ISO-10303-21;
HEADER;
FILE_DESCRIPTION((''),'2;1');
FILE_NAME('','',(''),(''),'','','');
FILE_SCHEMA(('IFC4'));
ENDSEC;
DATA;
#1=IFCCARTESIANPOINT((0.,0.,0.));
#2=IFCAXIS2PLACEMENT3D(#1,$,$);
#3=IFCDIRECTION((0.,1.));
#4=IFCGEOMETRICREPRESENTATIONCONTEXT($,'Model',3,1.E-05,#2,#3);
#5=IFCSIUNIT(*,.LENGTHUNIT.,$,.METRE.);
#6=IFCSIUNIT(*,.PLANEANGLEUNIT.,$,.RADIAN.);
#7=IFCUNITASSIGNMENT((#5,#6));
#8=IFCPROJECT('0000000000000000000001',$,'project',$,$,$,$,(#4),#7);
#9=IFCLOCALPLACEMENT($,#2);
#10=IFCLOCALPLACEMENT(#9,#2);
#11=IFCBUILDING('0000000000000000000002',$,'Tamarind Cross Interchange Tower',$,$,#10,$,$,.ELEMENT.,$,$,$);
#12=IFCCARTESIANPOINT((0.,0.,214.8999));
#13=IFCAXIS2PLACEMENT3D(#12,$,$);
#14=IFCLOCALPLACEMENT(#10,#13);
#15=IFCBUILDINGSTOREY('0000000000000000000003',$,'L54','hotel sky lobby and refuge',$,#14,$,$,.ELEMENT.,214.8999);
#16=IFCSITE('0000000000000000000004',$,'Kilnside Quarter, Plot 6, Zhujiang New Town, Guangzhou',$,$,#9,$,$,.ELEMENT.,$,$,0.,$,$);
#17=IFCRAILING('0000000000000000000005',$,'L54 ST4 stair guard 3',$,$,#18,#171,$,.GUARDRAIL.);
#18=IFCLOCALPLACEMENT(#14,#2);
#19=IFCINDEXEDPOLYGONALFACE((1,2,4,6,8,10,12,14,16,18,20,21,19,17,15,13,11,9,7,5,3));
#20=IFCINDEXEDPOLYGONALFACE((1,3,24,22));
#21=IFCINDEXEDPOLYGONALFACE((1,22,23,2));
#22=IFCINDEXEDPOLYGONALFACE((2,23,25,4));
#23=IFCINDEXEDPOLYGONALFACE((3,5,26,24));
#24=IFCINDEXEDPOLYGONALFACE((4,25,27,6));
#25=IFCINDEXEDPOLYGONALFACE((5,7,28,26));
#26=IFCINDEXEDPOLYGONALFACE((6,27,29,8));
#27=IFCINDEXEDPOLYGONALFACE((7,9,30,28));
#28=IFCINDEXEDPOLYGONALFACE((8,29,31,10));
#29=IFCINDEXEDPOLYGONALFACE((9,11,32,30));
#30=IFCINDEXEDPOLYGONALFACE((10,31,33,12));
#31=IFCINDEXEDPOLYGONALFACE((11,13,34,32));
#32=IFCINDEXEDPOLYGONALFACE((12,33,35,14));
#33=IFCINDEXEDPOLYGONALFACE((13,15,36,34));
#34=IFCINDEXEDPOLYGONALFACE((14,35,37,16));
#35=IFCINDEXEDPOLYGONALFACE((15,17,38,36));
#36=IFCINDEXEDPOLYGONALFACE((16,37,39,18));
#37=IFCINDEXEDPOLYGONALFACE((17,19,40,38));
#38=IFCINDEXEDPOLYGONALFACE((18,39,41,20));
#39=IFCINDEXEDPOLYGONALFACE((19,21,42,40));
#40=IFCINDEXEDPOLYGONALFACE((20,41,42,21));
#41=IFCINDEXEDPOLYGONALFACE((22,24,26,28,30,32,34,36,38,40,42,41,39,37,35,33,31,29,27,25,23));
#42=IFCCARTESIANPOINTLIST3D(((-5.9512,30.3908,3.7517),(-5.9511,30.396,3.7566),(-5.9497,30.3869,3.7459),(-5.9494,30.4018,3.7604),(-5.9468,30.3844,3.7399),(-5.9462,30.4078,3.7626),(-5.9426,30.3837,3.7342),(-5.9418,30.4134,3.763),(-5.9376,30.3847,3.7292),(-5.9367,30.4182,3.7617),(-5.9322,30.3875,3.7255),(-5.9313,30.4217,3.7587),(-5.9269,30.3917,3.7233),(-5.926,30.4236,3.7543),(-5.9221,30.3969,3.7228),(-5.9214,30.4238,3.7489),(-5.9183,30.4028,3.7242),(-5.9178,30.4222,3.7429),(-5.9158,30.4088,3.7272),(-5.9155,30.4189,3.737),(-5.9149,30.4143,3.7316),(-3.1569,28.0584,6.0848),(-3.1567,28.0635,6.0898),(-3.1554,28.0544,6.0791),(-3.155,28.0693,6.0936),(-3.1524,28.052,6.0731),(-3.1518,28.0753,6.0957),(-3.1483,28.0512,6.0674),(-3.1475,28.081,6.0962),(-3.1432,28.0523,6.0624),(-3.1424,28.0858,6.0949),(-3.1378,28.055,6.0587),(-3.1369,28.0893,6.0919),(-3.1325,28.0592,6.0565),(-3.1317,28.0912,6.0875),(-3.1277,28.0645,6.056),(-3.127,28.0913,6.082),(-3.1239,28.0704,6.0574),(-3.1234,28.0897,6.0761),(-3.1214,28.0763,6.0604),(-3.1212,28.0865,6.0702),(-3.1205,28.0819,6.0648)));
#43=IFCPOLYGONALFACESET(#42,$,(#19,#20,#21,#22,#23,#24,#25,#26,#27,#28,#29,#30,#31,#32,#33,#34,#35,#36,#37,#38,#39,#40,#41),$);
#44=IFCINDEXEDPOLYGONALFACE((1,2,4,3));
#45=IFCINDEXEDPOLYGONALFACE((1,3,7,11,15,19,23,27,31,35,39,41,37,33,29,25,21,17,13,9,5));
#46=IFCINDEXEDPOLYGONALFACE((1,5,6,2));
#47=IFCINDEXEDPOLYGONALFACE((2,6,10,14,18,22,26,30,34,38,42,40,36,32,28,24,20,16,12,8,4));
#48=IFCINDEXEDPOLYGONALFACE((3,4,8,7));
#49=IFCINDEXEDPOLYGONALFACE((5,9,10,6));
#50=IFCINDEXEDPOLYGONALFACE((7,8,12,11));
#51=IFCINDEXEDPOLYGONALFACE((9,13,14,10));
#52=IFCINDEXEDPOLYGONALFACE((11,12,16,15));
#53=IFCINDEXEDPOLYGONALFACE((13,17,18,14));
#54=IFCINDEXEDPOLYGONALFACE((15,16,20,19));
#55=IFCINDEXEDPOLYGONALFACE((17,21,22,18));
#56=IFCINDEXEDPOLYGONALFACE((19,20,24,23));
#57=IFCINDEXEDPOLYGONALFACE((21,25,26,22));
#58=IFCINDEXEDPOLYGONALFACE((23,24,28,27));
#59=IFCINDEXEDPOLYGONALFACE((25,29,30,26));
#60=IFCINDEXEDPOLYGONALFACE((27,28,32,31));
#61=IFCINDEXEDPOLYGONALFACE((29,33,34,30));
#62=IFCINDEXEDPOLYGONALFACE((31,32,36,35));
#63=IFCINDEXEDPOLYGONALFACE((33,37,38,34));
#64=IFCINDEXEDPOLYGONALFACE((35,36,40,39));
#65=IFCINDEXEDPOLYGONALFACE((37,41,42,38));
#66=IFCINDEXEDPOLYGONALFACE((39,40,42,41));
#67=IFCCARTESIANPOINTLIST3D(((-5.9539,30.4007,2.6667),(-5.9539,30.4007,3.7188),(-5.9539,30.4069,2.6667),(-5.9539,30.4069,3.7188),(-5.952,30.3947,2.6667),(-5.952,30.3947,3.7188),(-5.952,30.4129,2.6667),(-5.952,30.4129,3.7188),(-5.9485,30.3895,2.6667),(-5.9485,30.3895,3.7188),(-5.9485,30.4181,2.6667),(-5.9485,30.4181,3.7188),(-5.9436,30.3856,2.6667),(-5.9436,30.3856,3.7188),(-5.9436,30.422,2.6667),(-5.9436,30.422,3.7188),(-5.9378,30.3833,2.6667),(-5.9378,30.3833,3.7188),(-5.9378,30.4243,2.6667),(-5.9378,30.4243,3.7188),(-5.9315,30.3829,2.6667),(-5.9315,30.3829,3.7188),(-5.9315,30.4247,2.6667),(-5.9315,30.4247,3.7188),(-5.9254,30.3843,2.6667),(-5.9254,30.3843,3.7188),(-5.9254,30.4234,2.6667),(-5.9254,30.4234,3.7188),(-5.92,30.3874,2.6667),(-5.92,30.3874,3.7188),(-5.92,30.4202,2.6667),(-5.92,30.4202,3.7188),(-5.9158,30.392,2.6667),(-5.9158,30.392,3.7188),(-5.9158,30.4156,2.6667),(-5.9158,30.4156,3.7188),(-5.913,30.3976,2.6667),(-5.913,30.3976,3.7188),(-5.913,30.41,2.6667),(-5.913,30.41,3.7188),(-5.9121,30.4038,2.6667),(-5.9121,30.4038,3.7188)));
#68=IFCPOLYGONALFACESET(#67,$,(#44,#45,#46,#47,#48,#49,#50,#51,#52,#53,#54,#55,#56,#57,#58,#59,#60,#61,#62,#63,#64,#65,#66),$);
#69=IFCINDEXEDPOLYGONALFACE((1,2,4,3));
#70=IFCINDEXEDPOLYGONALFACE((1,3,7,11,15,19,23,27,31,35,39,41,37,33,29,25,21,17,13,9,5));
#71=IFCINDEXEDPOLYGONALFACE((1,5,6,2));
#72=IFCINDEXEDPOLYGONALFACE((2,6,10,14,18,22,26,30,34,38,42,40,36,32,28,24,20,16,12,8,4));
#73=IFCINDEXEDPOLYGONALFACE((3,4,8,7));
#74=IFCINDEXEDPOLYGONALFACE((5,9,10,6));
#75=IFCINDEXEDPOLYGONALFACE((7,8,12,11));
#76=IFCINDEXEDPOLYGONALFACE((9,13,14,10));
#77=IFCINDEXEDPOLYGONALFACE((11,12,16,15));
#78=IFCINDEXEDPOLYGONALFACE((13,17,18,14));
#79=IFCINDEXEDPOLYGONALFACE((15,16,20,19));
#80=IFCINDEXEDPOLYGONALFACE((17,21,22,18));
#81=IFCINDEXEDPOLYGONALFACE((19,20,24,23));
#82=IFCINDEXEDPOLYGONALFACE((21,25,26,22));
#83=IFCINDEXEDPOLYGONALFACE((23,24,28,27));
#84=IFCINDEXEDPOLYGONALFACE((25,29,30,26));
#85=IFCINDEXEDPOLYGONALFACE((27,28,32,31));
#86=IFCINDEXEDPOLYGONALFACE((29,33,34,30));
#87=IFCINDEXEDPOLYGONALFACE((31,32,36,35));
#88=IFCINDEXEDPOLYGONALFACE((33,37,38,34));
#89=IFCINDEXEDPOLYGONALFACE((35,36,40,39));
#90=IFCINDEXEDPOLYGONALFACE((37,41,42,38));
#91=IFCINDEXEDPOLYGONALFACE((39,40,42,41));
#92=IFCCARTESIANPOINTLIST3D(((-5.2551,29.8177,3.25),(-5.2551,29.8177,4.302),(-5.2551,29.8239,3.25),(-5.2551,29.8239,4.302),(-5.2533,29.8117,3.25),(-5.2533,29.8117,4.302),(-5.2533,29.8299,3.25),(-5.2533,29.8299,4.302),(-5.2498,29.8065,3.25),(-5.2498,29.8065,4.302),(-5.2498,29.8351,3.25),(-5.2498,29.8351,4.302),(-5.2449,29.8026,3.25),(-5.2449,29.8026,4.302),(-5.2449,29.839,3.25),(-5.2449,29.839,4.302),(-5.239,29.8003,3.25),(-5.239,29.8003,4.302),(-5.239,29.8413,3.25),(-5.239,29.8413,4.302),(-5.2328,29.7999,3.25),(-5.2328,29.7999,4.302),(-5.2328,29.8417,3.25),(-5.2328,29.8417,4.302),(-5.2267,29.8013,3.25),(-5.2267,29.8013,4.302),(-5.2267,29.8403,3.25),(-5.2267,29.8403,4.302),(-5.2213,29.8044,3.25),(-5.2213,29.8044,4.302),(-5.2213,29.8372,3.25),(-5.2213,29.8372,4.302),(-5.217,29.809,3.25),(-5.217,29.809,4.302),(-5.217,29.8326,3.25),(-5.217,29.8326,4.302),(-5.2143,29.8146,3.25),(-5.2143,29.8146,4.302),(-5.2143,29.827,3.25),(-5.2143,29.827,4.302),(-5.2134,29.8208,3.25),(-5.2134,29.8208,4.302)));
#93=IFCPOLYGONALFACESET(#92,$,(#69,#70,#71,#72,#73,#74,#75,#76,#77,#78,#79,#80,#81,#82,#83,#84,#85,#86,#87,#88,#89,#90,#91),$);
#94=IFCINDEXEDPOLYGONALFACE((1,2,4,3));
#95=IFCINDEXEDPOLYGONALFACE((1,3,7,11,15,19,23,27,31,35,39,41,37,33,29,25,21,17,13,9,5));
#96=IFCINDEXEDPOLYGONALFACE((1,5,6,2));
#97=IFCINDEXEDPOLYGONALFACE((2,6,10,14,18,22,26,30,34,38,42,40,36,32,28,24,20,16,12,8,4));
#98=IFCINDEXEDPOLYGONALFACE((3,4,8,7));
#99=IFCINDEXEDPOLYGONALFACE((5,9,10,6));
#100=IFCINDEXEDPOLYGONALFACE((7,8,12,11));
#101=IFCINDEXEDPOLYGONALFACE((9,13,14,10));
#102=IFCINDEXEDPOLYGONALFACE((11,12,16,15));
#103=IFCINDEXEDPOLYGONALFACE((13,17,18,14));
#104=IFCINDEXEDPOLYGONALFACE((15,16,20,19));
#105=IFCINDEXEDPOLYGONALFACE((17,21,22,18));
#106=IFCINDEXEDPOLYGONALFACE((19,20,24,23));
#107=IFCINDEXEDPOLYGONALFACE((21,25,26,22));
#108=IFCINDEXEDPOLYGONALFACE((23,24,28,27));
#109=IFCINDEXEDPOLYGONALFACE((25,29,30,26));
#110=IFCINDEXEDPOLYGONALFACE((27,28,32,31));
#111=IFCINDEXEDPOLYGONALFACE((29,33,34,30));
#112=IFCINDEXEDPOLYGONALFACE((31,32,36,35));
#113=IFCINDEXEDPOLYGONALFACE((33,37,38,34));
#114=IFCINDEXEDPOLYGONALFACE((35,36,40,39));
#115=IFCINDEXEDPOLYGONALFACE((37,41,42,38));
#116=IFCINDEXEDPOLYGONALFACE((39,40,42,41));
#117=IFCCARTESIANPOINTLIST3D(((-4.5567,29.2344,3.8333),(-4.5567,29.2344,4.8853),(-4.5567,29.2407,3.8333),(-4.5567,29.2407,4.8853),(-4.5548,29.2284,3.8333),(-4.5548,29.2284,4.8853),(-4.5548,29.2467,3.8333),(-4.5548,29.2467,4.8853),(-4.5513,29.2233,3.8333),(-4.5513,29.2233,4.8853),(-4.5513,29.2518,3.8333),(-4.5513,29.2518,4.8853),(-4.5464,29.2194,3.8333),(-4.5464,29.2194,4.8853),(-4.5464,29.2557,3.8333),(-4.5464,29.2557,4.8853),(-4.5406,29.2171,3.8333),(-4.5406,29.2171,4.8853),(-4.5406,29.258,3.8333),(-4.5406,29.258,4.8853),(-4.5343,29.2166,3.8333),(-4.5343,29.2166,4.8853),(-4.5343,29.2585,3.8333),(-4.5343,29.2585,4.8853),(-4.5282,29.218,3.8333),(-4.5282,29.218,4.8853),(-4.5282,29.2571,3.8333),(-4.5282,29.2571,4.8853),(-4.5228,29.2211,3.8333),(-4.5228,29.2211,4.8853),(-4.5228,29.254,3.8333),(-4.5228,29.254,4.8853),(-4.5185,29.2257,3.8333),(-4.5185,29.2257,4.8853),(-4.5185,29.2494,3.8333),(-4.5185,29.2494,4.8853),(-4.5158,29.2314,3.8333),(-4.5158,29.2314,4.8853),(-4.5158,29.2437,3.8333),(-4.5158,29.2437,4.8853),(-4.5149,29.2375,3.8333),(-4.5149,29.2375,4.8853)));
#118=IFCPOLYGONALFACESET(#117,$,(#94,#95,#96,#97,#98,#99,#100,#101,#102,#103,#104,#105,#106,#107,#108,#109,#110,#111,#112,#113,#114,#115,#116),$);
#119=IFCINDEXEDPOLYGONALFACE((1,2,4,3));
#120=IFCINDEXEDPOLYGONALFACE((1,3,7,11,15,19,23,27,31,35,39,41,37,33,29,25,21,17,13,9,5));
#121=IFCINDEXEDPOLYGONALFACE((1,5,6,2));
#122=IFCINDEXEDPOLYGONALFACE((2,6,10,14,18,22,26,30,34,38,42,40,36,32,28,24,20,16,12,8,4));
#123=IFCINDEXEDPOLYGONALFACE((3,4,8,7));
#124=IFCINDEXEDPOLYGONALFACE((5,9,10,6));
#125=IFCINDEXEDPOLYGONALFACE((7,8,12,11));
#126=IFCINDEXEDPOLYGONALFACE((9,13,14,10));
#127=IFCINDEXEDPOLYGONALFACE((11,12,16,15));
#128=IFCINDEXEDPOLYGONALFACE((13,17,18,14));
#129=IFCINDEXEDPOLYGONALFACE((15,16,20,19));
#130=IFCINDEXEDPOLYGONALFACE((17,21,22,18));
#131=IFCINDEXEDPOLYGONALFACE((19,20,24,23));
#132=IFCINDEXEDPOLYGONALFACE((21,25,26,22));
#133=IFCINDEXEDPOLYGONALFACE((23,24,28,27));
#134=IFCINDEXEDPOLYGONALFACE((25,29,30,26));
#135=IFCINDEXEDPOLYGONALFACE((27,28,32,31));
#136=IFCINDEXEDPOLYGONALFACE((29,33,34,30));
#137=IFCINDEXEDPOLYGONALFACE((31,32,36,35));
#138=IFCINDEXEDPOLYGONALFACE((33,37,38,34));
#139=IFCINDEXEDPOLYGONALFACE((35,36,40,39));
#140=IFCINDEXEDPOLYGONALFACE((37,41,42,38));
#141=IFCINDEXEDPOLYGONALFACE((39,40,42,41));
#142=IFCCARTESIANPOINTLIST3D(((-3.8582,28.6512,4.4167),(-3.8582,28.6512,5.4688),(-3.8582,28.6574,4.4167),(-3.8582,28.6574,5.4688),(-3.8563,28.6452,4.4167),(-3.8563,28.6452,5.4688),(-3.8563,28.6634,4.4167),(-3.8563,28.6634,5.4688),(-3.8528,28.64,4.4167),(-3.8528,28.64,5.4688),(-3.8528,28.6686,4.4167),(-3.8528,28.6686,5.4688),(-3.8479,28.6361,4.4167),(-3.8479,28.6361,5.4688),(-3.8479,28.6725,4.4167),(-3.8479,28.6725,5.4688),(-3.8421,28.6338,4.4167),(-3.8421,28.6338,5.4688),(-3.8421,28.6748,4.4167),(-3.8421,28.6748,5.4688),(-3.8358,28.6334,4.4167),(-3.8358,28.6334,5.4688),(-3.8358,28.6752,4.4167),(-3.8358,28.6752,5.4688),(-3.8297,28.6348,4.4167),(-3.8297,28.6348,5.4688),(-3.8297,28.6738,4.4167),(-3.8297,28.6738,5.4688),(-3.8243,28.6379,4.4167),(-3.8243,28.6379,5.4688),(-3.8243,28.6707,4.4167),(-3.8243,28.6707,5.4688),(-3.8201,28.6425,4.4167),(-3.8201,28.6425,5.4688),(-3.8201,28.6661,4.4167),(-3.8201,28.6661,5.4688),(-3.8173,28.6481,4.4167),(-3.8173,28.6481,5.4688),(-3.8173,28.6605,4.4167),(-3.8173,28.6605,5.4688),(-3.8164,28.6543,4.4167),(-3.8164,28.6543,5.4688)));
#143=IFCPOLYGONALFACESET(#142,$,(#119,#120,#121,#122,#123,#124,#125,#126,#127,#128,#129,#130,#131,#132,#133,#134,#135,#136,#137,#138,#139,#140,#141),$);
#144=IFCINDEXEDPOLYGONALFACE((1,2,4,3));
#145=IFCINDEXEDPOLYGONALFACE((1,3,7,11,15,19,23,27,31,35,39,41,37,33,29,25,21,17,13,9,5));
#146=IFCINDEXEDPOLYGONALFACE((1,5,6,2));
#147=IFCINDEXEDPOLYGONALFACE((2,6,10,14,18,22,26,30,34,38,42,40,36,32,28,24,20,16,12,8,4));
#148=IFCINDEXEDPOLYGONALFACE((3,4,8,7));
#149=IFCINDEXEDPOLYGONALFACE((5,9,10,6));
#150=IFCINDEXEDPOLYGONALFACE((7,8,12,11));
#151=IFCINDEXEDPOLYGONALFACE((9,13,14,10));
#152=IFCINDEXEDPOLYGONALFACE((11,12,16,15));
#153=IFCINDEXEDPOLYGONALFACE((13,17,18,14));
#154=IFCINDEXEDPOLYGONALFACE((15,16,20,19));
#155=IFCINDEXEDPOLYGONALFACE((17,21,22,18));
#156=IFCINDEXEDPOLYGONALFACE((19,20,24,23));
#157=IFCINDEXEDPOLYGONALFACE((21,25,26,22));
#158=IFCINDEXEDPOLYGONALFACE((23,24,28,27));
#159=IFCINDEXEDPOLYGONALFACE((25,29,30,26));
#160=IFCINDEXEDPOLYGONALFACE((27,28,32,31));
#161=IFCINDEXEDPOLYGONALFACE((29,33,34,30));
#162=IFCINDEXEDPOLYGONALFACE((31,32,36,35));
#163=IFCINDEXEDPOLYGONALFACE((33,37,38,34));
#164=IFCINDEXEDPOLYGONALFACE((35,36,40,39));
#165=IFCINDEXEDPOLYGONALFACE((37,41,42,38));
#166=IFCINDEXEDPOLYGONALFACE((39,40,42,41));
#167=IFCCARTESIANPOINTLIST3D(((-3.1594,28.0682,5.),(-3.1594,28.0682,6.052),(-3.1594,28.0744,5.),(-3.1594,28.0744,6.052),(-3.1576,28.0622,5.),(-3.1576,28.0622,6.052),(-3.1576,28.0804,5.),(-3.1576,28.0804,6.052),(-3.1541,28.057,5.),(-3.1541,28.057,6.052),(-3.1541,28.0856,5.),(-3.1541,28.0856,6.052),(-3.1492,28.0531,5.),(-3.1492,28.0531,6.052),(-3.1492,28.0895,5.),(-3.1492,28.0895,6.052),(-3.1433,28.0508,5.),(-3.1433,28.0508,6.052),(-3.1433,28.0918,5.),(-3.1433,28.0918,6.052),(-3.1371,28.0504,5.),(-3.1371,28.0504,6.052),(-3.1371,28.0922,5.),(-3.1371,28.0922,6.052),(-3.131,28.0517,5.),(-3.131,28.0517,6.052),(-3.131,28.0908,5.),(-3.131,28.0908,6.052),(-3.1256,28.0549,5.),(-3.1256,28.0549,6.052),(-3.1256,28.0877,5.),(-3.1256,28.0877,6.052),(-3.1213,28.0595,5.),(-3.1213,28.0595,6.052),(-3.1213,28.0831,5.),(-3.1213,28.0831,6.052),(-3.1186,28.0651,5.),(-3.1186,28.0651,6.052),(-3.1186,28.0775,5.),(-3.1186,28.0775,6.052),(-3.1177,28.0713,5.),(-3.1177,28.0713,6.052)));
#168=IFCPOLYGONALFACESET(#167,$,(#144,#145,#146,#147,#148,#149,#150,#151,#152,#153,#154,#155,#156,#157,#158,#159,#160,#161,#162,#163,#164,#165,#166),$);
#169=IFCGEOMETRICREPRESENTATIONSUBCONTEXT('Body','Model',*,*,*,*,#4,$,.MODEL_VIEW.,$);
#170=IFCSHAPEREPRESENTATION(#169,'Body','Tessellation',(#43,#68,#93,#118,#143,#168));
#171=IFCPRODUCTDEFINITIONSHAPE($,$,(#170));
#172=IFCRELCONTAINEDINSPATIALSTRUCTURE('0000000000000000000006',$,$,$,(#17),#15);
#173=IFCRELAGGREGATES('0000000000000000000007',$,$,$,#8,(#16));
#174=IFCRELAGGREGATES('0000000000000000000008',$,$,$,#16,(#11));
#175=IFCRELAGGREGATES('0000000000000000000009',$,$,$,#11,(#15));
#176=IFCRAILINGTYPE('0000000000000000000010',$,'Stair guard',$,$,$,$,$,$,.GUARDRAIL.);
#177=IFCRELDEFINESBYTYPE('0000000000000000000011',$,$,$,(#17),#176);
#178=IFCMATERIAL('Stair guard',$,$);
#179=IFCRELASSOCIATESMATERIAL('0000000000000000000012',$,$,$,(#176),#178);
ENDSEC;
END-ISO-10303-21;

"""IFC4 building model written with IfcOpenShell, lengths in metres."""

from ifc_helpers import new_model, si_unit, direction, frame, origin, origin_2d, place, context, subcontext, project, spatial, circle, extrude, material, type_object, element, save


model = new_model("IFC4")

# Units and contexts
model_context = context("Model", 3, precision=1e-05, world=origin(), true_north=direction((0.0, 1.0)))
body_context = subcontext(model_context, "Body", "Model", "MODEL_VIEW")
ifc_project = project(units=[si_unit("LENGTHUNIT", "METRE"), si_unit("PLANEANGLEUNIT", "RADIAN")], contexts=[model_context])

# Site, building, storey
site_placement = place(None, origin())
site = spatial("IfcSite", under=ifc_project, at=site_placement, Name="Kilnside Quarter, Plot 6, Zhujiang New Town, Guangzhou", CompositionType="ELEMENT", RefElevation=0.0)
building_placement = place(site_placement, origin())
building = spatial("IfcBuilding", under=site, at=building_placement, Name="Tamarind Cross Interchange Tower", CompositionType="ELEMENT")
storey_placement = place(building_placement, frame((0.0, 0.0, 214.8999)))
storey = spatial("IfcBuildingStorey", under=building, at=storey_placement, Name="L54", Description="hotel sky lobby and refuge", CompositionType="ELEMENT", Elevation=214.8999)

# Railing
ifc_material_1 = material(Name="Stair guard")
railing_type_1 = type_object("IfcRailingType", Name="Stair guard", PredefinedType="GUARDRAIL", material=ifc_material_1)
railing_1_placement = place(storey_placement, frame((-5.9331, 30.4038, 2.6667)))
element("IfcRailing", 1, at=railing_1_placement, inside=storey, type_object=railing_type_1, Name="L54 ST4 stair guard 3", PredefinedType="GUARDRAIL", context=body_context, shape_type="SweptSolid", body=[
    extrude(circle(Radius=0.0239, at=origin_2d()), frame((0.0, 0.0, 1.0762), z_axis=(0.64632, -0.539485, 0.539654), x_axis=(0.640804, 0.767704, 0.0)), (0.0, 0.0, 1.0), 4.3235),
    extrude(circle(Radius=0.021, at=origin_2d()), origin(), (0.0, 0.0, 1.0), 1.052),
    extrude(circle(Radius=0.021, at=origin_2d()), frame((0.6987, -0.583, 0.5833)), (0.0, 0.0, 1.0), 1.052),
    extrude(circle(Radius=0.021, at=origin_2d()), frame((1.3972, -1.1663, 1.1665)), (0.0, 0.0, 1.0), 1.052),
    extrude(circle(Radius=0.021, at=origin_2d()), frame((2.0957, -1.7495, 1.75)), (0.0, 0.0, 1.0), 1.052),
    extrude(circle(Radius=0.021, at=origin_2d()), frame((2.7944, -2.3325, 2.3333)), (0.0, 0.0, 1.0), 1.052),
])

save(model, "model.ifc")
